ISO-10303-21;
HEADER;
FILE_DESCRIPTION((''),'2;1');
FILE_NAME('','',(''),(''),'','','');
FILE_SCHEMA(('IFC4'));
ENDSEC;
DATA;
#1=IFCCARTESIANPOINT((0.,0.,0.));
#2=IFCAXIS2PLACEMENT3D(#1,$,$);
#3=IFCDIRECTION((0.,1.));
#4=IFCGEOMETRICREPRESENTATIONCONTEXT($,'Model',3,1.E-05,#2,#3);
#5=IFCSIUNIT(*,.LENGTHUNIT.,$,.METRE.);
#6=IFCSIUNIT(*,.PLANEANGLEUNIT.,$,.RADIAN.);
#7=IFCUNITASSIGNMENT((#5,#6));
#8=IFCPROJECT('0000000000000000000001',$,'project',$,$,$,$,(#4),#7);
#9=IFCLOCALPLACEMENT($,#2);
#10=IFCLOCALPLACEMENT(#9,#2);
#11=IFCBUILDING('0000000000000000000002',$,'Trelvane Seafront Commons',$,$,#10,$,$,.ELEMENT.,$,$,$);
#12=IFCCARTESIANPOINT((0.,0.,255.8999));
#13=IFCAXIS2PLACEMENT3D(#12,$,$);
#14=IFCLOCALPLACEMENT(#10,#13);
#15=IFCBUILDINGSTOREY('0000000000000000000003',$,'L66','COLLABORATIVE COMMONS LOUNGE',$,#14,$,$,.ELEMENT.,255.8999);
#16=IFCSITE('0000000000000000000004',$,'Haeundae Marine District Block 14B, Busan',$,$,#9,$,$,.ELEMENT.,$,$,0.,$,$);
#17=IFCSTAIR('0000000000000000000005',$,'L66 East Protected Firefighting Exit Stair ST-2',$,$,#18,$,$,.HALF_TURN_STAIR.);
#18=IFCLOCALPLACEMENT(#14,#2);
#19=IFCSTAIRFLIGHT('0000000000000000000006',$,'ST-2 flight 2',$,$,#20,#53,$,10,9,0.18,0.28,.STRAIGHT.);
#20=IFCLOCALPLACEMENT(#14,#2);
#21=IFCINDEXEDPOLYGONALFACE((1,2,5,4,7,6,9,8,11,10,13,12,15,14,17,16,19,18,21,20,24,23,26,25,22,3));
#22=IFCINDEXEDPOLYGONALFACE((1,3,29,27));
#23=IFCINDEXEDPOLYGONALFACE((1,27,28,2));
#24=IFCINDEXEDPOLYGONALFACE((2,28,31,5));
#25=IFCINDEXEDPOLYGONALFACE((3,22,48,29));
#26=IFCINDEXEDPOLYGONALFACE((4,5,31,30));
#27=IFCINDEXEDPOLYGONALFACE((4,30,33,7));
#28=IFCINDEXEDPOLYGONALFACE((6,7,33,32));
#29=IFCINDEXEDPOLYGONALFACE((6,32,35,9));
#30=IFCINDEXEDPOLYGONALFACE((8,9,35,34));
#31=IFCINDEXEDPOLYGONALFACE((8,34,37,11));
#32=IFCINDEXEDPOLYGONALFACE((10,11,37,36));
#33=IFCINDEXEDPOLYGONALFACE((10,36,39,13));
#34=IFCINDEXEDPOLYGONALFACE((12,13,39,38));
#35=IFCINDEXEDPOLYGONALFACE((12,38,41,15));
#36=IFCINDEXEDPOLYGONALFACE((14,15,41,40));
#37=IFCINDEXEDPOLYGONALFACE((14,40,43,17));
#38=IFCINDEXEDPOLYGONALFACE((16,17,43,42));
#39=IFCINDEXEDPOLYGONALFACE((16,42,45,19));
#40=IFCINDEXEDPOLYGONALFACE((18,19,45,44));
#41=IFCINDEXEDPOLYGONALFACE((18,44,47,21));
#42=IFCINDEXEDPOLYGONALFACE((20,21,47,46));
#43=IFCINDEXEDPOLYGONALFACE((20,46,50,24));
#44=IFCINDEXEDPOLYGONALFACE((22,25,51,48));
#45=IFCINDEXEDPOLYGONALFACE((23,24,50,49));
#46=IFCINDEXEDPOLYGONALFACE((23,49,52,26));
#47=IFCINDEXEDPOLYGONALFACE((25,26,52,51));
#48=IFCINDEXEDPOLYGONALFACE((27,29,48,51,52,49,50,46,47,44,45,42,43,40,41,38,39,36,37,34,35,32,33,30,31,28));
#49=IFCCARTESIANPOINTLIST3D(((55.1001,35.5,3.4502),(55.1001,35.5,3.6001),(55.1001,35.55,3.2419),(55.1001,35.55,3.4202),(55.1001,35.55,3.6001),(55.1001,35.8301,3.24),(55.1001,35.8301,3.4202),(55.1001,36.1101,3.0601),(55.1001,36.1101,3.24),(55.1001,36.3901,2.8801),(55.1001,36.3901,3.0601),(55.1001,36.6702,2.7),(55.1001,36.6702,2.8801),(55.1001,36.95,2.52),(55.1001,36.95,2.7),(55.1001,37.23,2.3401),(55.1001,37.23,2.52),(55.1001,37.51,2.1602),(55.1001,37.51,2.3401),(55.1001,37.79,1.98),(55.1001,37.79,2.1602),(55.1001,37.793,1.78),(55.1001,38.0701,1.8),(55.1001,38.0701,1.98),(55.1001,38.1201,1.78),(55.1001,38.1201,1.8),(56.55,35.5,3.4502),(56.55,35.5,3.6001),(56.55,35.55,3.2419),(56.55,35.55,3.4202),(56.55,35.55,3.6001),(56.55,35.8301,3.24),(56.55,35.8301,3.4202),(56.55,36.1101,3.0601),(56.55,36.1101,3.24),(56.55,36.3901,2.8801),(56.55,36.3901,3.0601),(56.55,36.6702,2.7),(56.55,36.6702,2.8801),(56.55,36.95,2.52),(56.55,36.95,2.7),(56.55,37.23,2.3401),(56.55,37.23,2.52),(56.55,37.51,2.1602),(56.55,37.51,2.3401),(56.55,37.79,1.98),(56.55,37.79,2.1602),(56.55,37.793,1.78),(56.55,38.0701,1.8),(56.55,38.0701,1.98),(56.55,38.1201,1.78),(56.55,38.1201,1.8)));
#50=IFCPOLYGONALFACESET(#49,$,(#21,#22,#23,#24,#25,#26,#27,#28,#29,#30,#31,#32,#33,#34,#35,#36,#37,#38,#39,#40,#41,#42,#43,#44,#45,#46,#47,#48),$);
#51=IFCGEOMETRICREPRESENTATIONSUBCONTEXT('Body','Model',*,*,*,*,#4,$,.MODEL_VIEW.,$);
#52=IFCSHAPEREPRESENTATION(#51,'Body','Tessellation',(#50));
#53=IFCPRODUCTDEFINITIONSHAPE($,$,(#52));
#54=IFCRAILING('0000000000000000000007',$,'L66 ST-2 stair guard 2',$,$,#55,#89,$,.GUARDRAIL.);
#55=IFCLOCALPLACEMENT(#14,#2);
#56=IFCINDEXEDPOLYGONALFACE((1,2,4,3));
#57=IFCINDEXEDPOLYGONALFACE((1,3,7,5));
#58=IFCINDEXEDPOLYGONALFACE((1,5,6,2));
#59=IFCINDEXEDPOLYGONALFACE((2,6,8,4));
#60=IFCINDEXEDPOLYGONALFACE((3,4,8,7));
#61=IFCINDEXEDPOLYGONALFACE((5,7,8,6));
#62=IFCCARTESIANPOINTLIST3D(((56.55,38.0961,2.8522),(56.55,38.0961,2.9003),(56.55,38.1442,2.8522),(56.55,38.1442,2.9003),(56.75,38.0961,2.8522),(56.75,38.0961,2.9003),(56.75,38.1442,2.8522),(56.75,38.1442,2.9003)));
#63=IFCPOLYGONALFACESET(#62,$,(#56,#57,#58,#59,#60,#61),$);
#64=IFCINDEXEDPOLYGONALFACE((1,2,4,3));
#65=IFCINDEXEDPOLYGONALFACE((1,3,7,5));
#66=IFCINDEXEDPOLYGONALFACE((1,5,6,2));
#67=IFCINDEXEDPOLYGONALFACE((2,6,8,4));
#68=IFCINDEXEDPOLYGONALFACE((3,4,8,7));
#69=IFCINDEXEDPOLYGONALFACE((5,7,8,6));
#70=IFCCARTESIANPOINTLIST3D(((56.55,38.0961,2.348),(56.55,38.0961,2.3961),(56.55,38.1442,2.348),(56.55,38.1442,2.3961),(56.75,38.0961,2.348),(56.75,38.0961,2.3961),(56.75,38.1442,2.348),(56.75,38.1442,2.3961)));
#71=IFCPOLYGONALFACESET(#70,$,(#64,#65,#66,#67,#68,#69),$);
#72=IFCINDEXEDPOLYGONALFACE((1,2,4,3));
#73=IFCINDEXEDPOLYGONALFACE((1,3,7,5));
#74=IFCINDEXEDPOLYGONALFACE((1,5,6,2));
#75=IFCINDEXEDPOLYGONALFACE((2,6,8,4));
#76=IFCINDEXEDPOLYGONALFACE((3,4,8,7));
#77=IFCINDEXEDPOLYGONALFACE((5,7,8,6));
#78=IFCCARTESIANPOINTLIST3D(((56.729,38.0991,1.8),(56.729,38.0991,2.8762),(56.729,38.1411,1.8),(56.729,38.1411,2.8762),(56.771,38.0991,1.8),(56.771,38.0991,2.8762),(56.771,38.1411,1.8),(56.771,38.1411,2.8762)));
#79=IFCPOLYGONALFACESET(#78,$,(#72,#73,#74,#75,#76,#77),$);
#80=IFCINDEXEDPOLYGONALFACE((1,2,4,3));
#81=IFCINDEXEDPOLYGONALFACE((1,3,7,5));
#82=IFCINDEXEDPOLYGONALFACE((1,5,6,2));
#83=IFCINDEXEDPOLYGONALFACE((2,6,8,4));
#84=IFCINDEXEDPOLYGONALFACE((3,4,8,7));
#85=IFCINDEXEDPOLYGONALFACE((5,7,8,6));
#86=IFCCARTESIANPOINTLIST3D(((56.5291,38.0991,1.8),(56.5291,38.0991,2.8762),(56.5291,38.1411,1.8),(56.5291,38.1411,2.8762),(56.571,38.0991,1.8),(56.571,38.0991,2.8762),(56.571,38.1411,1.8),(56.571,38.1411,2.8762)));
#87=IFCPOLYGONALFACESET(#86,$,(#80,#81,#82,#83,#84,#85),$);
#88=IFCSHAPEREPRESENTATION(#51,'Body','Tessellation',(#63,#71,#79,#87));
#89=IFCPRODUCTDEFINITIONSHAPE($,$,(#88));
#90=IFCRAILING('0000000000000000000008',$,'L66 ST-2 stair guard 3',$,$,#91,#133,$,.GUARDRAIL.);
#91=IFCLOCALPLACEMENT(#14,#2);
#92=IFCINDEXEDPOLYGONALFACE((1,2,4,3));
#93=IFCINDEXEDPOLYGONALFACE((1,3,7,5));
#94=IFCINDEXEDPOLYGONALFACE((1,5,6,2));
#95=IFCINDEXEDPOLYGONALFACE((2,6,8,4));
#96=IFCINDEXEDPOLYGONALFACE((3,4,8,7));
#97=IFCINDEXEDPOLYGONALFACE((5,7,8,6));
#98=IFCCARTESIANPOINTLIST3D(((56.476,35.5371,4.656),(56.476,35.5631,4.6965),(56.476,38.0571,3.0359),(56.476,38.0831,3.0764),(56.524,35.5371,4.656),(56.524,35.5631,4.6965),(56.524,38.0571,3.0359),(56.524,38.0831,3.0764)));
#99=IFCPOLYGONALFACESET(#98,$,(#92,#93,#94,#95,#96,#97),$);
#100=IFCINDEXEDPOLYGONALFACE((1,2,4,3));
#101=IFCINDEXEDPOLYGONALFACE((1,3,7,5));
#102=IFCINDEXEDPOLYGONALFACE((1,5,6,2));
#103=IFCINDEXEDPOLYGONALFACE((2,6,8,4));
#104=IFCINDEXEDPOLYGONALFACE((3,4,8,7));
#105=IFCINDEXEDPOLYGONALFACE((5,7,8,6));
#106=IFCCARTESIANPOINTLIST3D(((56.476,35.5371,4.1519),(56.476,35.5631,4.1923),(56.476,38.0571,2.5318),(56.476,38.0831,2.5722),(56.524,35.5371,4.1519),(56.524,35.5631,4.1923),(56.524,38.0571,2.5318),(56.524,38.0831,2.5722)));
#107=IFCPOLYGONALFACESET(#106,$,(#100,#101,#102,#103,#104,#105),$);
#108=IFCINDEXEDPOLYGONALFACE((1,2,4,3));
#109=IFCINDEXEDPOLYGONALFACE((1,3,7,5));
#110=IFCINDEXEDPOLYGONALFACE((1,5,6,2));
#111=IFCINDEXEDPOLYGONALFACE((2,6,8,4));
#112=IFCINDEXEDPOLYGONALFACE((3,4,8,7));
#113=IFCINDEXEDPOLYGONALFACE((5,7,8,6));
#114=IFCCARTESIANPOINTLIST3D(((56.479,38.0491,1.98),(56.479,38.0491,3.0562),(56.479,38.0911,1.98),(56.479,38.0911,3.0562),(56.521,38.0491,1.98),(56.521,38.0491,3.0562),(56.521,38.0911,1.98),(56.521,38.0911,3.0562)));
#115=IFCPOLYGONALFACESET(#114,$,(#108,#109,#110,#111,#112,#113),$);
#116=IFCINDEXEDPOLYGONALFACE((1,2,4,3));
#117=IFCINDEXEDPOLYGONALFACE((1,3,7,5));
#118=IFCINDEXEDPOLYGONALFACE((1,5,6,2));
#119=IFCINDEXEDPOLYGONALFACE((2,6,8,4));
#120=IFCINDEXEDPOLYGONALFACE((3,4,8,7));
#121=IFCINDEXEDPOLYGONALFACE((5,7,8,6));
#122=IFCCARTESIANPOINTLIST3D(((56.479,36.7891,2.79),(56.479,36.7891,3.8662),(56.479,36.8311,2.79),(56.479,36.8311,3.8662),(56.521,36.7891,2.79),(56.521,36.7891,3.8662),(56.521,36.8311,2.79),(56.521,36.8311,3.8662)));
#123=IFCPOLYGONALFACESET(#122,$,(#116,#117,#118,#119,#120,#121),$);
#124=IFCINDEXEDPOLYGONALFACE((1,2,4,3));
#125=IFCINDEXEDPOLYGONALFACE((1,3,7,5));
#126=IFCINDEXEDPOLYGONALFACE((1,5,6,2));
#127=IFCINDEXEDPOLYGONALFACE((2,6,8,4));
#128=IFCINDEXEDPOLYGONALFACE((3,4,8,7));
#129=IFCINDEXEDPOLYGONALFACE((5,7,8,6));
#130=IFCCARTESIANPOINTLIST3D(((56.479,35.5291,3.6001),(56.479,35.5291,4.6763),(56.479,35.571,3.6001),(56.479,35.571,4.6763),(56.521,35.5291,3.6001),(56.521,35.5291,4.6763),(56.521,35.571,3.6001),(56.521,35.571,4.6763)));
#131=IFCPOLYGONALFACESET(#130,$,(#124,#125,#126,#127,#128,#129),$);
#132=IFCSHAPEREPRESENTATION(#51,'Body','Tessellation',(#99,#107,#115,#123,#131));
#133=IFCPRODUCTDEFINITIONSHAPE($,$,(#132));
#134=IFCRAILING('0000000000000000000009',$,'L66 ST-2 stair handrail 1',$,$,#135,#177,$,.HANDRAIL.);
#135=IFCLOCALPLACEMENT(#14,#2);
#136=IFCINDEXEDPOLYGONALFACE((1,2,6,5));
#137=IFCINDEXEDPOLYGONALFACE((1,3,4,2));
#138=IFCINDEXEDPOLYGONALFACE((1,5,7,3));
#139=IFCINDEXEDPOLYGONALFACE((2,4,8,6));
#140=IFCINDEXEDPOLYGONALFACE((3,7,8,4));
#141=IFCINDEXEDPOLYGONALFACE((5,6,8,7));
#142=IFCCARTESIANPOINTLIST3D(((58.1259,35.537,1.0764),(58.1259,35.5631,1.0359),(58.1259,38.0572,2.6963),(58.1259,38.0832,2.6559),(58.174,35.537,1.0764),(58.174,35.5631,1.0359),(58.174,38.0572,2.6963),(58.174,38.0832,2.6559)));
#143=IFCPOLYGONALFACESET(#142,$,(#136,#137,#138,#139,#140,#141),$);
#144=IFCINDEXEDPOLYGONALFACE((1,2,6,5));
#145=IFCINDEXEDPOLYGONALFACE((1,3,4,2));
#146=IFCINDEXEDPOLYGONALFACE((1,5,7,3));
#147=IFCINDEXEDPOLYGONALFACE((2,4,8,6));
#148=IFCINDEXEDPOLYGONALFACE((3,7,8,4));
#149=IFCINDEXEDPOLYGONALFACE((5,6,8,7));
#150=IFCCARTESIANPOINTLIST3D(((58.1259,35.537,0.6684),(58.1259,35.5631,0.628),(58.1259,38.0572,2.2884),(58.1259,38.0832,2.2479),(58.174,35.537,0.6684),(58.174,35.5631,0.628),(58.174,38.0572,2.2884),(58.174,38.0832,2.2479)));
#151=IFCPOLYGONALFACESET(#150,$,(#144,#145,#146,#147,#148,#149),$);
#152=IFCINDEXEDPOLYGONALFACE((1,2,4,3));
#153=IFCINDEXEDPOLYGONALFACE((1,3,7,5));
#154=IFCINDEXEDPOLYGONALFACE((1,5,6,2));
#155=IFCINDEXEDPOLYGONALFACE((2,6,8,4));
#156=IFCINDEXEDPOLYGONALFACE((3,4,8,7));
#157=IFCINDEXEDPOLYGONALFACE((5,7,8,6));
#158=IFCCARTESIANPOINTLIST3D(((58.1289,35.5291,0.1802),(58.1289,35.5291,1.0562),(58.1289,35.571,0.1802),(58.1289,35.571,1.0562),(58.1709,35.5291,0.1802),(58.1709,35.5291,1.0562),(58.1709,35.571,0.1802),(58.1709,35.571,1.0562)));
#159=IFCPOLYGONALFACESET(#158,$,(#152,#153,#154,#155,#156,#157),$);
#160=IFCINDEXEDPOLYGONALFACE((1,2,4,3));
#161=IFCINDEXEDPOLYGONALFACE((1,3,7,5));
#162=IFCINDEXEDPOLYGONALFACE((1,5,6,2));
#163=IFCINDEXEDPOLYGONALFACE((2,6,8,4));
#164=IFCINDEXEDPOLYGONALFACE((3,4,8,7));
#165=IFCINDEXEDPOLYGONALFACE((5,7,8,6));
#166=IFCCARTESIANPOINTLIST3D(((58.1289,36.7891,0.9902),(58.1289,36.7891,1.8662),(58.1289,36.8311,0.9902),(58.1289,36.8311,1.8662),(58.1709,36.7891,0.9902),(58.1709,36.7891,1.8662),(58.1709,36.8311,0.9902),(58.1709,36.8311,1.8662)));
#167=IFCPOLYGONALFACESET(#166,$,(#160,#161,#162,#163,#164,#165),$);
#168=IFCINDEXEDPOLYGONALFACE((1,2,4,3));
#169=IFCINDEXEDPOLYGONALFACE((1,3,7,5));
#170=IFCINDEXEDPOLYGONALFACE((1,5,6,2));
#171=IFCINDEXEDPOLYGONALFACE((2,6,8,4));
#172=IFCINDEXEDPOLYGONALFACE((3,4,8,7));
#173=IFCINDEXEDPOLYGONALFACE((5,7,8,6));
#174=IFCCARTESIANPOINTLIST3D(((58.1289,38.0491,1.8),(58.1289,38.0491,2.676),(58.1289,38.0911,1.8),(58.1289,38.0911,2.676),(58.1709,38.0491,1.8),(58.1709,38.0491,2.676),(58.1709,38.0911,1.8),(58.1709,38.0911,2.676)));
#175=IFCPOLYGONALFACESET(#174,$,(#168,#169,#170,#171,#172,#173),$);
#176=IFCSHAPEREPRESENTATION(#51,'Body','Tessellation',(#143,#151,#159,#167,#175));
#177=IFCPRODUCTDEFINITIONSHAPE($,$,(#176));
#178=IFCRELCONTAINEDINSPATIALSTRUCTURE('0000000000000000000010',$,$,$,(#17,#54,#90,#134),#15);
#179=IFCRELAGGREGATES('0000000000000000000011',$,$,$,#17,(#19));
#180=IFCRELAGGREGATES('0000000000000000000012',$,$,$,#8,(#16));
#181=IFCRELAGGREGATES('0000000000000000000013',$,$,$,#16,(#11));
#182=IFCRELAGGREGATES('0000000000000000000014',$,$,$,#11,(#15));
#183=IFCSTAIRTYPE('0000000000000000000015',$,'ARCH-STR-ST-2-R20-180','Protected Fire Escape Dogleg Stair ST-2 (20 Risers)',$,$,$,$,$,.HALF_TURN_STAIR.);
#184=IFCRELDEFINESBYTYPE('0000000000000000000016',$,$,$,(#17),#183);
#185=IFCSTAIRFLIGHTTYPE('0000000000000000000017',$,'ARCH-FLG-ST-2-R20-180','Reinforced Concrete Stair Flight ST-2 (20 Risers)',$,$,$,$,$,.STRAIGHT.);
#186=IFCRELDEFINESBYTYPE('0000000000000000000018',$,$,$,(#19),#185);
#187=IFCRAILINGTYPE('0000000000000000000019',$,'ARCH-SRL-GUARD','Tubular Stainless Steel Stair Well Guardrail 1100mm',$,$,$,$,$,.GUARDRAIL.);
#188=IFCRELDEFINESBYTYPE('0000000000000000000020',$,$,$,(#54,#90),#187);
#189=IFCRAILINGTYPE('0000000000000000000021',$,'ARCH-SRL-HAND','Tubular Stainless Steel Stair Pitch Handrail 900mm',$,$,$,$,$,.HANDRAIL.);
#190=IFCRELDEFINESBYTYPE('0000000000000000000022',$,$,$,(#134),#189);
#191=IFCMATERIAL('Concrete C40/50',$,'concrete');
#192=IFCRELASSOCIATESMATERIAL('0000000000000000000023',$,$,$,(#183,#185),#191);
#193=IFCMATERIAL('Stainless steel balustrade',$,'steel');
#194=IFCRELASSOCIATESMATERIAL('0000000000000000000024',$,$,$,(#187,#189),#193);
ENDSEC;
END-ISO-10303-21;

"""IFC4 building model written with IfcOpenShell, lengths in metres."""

from ifc_helpers import new_model, si_unit, direction, frame, origin, origin_2d, place, context, subcontext, project, spatial, polyline, rectangle, outline, extrude, source, transform, mapped, material, type_object, element, aggregate, save


model = new_model("IFC4")

# Units and contexts
model_context = context("Model", 3, precision=1e-05, world=origin(), true_north=direction((0.0, 1.0)))
body_context = subcontext(model_context, "Body", "Model", "MODEL_VIEW")
ifc_project = project(units=[si_unit("LENGTHUNIT", "METRE"), si_unit("PLANEANGLEUNIT", "RADIAN")], contexts=[model_context])

# Site, building, storey
site_placement = place(None, origin())
site = spatial("IfcSite", under=ifc_project, at=site_placement, Name="Haeundae Marine District Block 14B, Busan", CompositionType="ELEMENT", RefElevation=0.0)
building_placement = place(site_placement, origin())
building = spatial("IfcBuilding", under=site, at=building_placement, Name="Trelvane Seafront Commons", CompositionType="ELEMENT")
storey_placement = place(building_placement, frame((0.0, 0.0, 255.8999)))
storey = spatial("IfcBuildingStorey", under=building, at=storey_placement, Name="L66", Description="COLLABORATIVE COMMONS LOUNGE", CompositionType="ELEMENT", Elevation=255.8999)

# Stair, stair flight
ifc_material_1 = material(Name="Concrete C40/50", Category="concrete")
stair_type = type_object("IfcStairType", Name="ARCH-STR-ST-2-R20-180", Description="Protected Fire Escape Dogleg Stair ST-2 (20 Risers)", PredefinedType="HALF_TURN_STAIR", material=ifc_material_1)
stair_placement = place(storey_placement, origin())
stair = element("IfcStair", 1, at=stair_placement, inside=storey, type_object=stair_type, Name="L66 East Protected Firefighting Exit Stair ST-2", PredefinedType="HALF_TURN_STAIR")
stair_flight_type = type_object("IfcStairFlightType", Name="ARCH-FLG-ST-2-R20-180", Description="Reinforced Concrete Stair Flight ST-2 (20 Risers)", PredefinedType="STRAIGHT", material=ifc_material_1)
shared_shape_1 = source(origin(), body_context, "Body", "SweptSolid", [
    extrude(outline(polyline([(-0.05, -0.02), (-0.05, 0.0), (0.0, 0.0), (0.0, 0.1799), (0.28, 0.1799), (0.28, 0.3601), (0.5601, 0.3601), (0.5601, 0.54), (0.8401, 0.54), (0.8401, 0.72), (1.1201, 0.72), (1.1201, 0.8999), (1.3999, 0.8999), (1.3999, 1.0801), (1.6799, 1.0801), (1.6799, 1.26), (1.96, 1.26), (1.96, 1.4399), (2.24, 1.4399), (2.24, 1.6201), (2.52, 1.6201), (2.52, 1.8), (2.5701, 1.8), (2.5701, 1.6501), (2.52, 1.4419), (0.2771, -0.02), (-0.05, -0.02)])), frame((0.0, 0.7251, 0.0), z_axis=(0.0, -1.0, 0.0), x_axis=(1.0, 0.0, 0.0)), (0.0, 0.0, 1.0), 1.45),
])
stair_flight_placement = place(storey_placement, frame((55.825, 38.0701, 1.8), z_axis=(0.0, 0.0, 1.0), x_axis=(0.0, -1.0, 0.0)))
stair_flight = element("IfcStairFlight", 2, at=stair_flight_placement, type_object=stair_flight_type, Name="ST-2 flight 2", NumberOfRisers=10, NumberOfTreads=9, PredefinedType="STRAIGHT", RiserHeight=0.18, TreadLength=0.28, context=body_context, shape_type="MappedRepresentation", body=[
    mapped(shared_shape_1, transform((0.0, 0.0, 0.0), x_axis=(1.0, 0.0, 0.0), y_axis=(0.0, 1.0, 0.0), z_axis=(0.0, 0.0, 1.0), scale=1.0)),
])
aggregate(stair, [stair_flight])

# Railings
ifc_material_2 = material(Name="Stainless steel balustrade", Category="steel")
railing_type_1 = type_object("IfcRailingType", Name="ARCH-SRL-GUARD", Description="Tubular Stainless Steel Stair Well Guardrail 1100mm", PredefinedType="GUARDRAIL", material=ifc_material_2)
railing_1_placement = place(storey_placement, frame((56.75, 38.1201, 1.8)))
element("IfcRailing", 3, at=railing_1_placement, inside=storey, type_object=railing_type_1, Name="L66 ST-2 stair guard 2", PredefinedType="GUARDRAIL", context=body_context, shape_type="SweptSolid", body=[
    extrude(rectangle(XDim=0.0481, YDim=0.0481, at=origin_2d()), frame((0.0, 0.0, 1.0762), z_axis=(-1.0, 0.0, 0.0), x_axis=(0.0, -1.0, 0.0)), (0.0, 0.0, 1.0), 0.2),
    extrude(rectangle(XDim=0.0481, YDim=0.0481, at=origin_2d()), frame((0.0, 0.0, 0.572), z_axis=(-1.0, 0.0, 0.0), x_axis=(0.0, -1.0, 0.0)), (0.0, 0.0, 1.0), 0.2),
    extrude(rectangle(XDim=0.042, YDim=0.042, at=origin_2d()), origin(), (0.0, 0.0, 1.0), 1.0762),
    extrude(rectangle(XDim=0.042, YDim=0.042, at=origin_2d()), frame((-0.2, 0.0, 0.0)), (0.0, 0.0, 1.0), 1.0762),
])
railing_2_placement = place(storey_placement, frame((56.5, 38.0701, 1.98)))
element("IfcRailing", 4, at=railing_2_placement, inside=storey, type_object=railing_type_1, Name="L66 ST-2 stair guard 3", PredefinedType="GUARDRAIL", context=body_context, shape_type="SweptSolid", body=[
    extrude(rectangle(XDim=0.0481, YDim=0.0481, at=origin_2d()), frame((0.0, 0.0, 1.0762), z_axis=(0.0, -0.841163, 0.540782), x_axis=(1.0, 0.0, 0.0)), (0.0, 0.0, 1.0), 2.9958),
    extrude(rectangle(XDim=0.0481, YDim=0.0481, at=origin_2d()), frame((0.0, 0.0, 0.572), z_axis=(0.0, -0.841163, 0.540782), x_axis=(1.0, 0.0, 0.0)), (0.0, 0.0, 1.0), 2.9958),
    extrude(rectangle(XDim=0.042, YDim=0.042, at=origin_2d()), origin(), (0.0, 0.0, 1.0), 1.0762),
    extrude(rectangle(XDim=0.042, YDim=0.042, at=origin_2d()), frame((0.0, -1.26, 0.8101)), (0.0, 0.0, 1.0), 1.0762),
    extrude(rectangle(XDim=0.042, YDim=0.042, at=origin_2d()), frame((0.0, -2.52, 1.6201)), (0.0, 0.0, 1.0), 1.0762),
])
railing_type_2 = type_object("IfcRailingType", Name="ARCH-SRL-HAND", Description="Tubular Stainless Steel Stair Pitch Handrail 900mm", PredefinedType="HANDRAIL", material=ifc_material_2)
railing_3_placement = place(storey_placement, frame((58.1499, 35.55, 0.1802)))
element("IfcRailing", 5, at=railing_3_placement, inside=storey, type_object=railing_type_2, Name="L66 ST-2 stair handrail 1", PredefinedType="HANDRAIL", context=body_context, shape_type="SweptSolid", body=[
    extrude(rectangle(XDim=0.0481, YDim=0.0481, at=origin_2d()), frame((0.0, 0.0, 0.876), z_axis=(0.0, 0.8412, 0.540725), x_axis=(-1.0, 0.0, 0.0)), (0.0, 0.0, 1.0), 2.9958),
    extrude(rectangle(XDim=0.0481, YDim=0.0481, at=origin_2d()), frame((0.0, 0.0, 0.468), z_axis=(0.0, 0.8412, 0.540725), x_axis=(-1.0, 0.0, 0.0)), (0.0, 0.0, 1.0), 2.9958),
    extrude(rectangle(XDim=0.042, YDim=0.042, at=origin_2d()), origin(), (0.0, 0.0, 1.0), 0.876),
    extrude(rectangle(XDim=0.042, YDim=0.042, at=origin_2d()), frame((0.0, 1.26, 0.8101)), (0.0, 0.0, 1.0), 0.876),
    extrude(rectangle(XDim=0.042, YDim=0.042, at=origin_2d()), frame((0.0, 2.52, 1.6199)), (0.0, 0.0, 1.0), 0.876),
])

save(model, "model.ifc")
